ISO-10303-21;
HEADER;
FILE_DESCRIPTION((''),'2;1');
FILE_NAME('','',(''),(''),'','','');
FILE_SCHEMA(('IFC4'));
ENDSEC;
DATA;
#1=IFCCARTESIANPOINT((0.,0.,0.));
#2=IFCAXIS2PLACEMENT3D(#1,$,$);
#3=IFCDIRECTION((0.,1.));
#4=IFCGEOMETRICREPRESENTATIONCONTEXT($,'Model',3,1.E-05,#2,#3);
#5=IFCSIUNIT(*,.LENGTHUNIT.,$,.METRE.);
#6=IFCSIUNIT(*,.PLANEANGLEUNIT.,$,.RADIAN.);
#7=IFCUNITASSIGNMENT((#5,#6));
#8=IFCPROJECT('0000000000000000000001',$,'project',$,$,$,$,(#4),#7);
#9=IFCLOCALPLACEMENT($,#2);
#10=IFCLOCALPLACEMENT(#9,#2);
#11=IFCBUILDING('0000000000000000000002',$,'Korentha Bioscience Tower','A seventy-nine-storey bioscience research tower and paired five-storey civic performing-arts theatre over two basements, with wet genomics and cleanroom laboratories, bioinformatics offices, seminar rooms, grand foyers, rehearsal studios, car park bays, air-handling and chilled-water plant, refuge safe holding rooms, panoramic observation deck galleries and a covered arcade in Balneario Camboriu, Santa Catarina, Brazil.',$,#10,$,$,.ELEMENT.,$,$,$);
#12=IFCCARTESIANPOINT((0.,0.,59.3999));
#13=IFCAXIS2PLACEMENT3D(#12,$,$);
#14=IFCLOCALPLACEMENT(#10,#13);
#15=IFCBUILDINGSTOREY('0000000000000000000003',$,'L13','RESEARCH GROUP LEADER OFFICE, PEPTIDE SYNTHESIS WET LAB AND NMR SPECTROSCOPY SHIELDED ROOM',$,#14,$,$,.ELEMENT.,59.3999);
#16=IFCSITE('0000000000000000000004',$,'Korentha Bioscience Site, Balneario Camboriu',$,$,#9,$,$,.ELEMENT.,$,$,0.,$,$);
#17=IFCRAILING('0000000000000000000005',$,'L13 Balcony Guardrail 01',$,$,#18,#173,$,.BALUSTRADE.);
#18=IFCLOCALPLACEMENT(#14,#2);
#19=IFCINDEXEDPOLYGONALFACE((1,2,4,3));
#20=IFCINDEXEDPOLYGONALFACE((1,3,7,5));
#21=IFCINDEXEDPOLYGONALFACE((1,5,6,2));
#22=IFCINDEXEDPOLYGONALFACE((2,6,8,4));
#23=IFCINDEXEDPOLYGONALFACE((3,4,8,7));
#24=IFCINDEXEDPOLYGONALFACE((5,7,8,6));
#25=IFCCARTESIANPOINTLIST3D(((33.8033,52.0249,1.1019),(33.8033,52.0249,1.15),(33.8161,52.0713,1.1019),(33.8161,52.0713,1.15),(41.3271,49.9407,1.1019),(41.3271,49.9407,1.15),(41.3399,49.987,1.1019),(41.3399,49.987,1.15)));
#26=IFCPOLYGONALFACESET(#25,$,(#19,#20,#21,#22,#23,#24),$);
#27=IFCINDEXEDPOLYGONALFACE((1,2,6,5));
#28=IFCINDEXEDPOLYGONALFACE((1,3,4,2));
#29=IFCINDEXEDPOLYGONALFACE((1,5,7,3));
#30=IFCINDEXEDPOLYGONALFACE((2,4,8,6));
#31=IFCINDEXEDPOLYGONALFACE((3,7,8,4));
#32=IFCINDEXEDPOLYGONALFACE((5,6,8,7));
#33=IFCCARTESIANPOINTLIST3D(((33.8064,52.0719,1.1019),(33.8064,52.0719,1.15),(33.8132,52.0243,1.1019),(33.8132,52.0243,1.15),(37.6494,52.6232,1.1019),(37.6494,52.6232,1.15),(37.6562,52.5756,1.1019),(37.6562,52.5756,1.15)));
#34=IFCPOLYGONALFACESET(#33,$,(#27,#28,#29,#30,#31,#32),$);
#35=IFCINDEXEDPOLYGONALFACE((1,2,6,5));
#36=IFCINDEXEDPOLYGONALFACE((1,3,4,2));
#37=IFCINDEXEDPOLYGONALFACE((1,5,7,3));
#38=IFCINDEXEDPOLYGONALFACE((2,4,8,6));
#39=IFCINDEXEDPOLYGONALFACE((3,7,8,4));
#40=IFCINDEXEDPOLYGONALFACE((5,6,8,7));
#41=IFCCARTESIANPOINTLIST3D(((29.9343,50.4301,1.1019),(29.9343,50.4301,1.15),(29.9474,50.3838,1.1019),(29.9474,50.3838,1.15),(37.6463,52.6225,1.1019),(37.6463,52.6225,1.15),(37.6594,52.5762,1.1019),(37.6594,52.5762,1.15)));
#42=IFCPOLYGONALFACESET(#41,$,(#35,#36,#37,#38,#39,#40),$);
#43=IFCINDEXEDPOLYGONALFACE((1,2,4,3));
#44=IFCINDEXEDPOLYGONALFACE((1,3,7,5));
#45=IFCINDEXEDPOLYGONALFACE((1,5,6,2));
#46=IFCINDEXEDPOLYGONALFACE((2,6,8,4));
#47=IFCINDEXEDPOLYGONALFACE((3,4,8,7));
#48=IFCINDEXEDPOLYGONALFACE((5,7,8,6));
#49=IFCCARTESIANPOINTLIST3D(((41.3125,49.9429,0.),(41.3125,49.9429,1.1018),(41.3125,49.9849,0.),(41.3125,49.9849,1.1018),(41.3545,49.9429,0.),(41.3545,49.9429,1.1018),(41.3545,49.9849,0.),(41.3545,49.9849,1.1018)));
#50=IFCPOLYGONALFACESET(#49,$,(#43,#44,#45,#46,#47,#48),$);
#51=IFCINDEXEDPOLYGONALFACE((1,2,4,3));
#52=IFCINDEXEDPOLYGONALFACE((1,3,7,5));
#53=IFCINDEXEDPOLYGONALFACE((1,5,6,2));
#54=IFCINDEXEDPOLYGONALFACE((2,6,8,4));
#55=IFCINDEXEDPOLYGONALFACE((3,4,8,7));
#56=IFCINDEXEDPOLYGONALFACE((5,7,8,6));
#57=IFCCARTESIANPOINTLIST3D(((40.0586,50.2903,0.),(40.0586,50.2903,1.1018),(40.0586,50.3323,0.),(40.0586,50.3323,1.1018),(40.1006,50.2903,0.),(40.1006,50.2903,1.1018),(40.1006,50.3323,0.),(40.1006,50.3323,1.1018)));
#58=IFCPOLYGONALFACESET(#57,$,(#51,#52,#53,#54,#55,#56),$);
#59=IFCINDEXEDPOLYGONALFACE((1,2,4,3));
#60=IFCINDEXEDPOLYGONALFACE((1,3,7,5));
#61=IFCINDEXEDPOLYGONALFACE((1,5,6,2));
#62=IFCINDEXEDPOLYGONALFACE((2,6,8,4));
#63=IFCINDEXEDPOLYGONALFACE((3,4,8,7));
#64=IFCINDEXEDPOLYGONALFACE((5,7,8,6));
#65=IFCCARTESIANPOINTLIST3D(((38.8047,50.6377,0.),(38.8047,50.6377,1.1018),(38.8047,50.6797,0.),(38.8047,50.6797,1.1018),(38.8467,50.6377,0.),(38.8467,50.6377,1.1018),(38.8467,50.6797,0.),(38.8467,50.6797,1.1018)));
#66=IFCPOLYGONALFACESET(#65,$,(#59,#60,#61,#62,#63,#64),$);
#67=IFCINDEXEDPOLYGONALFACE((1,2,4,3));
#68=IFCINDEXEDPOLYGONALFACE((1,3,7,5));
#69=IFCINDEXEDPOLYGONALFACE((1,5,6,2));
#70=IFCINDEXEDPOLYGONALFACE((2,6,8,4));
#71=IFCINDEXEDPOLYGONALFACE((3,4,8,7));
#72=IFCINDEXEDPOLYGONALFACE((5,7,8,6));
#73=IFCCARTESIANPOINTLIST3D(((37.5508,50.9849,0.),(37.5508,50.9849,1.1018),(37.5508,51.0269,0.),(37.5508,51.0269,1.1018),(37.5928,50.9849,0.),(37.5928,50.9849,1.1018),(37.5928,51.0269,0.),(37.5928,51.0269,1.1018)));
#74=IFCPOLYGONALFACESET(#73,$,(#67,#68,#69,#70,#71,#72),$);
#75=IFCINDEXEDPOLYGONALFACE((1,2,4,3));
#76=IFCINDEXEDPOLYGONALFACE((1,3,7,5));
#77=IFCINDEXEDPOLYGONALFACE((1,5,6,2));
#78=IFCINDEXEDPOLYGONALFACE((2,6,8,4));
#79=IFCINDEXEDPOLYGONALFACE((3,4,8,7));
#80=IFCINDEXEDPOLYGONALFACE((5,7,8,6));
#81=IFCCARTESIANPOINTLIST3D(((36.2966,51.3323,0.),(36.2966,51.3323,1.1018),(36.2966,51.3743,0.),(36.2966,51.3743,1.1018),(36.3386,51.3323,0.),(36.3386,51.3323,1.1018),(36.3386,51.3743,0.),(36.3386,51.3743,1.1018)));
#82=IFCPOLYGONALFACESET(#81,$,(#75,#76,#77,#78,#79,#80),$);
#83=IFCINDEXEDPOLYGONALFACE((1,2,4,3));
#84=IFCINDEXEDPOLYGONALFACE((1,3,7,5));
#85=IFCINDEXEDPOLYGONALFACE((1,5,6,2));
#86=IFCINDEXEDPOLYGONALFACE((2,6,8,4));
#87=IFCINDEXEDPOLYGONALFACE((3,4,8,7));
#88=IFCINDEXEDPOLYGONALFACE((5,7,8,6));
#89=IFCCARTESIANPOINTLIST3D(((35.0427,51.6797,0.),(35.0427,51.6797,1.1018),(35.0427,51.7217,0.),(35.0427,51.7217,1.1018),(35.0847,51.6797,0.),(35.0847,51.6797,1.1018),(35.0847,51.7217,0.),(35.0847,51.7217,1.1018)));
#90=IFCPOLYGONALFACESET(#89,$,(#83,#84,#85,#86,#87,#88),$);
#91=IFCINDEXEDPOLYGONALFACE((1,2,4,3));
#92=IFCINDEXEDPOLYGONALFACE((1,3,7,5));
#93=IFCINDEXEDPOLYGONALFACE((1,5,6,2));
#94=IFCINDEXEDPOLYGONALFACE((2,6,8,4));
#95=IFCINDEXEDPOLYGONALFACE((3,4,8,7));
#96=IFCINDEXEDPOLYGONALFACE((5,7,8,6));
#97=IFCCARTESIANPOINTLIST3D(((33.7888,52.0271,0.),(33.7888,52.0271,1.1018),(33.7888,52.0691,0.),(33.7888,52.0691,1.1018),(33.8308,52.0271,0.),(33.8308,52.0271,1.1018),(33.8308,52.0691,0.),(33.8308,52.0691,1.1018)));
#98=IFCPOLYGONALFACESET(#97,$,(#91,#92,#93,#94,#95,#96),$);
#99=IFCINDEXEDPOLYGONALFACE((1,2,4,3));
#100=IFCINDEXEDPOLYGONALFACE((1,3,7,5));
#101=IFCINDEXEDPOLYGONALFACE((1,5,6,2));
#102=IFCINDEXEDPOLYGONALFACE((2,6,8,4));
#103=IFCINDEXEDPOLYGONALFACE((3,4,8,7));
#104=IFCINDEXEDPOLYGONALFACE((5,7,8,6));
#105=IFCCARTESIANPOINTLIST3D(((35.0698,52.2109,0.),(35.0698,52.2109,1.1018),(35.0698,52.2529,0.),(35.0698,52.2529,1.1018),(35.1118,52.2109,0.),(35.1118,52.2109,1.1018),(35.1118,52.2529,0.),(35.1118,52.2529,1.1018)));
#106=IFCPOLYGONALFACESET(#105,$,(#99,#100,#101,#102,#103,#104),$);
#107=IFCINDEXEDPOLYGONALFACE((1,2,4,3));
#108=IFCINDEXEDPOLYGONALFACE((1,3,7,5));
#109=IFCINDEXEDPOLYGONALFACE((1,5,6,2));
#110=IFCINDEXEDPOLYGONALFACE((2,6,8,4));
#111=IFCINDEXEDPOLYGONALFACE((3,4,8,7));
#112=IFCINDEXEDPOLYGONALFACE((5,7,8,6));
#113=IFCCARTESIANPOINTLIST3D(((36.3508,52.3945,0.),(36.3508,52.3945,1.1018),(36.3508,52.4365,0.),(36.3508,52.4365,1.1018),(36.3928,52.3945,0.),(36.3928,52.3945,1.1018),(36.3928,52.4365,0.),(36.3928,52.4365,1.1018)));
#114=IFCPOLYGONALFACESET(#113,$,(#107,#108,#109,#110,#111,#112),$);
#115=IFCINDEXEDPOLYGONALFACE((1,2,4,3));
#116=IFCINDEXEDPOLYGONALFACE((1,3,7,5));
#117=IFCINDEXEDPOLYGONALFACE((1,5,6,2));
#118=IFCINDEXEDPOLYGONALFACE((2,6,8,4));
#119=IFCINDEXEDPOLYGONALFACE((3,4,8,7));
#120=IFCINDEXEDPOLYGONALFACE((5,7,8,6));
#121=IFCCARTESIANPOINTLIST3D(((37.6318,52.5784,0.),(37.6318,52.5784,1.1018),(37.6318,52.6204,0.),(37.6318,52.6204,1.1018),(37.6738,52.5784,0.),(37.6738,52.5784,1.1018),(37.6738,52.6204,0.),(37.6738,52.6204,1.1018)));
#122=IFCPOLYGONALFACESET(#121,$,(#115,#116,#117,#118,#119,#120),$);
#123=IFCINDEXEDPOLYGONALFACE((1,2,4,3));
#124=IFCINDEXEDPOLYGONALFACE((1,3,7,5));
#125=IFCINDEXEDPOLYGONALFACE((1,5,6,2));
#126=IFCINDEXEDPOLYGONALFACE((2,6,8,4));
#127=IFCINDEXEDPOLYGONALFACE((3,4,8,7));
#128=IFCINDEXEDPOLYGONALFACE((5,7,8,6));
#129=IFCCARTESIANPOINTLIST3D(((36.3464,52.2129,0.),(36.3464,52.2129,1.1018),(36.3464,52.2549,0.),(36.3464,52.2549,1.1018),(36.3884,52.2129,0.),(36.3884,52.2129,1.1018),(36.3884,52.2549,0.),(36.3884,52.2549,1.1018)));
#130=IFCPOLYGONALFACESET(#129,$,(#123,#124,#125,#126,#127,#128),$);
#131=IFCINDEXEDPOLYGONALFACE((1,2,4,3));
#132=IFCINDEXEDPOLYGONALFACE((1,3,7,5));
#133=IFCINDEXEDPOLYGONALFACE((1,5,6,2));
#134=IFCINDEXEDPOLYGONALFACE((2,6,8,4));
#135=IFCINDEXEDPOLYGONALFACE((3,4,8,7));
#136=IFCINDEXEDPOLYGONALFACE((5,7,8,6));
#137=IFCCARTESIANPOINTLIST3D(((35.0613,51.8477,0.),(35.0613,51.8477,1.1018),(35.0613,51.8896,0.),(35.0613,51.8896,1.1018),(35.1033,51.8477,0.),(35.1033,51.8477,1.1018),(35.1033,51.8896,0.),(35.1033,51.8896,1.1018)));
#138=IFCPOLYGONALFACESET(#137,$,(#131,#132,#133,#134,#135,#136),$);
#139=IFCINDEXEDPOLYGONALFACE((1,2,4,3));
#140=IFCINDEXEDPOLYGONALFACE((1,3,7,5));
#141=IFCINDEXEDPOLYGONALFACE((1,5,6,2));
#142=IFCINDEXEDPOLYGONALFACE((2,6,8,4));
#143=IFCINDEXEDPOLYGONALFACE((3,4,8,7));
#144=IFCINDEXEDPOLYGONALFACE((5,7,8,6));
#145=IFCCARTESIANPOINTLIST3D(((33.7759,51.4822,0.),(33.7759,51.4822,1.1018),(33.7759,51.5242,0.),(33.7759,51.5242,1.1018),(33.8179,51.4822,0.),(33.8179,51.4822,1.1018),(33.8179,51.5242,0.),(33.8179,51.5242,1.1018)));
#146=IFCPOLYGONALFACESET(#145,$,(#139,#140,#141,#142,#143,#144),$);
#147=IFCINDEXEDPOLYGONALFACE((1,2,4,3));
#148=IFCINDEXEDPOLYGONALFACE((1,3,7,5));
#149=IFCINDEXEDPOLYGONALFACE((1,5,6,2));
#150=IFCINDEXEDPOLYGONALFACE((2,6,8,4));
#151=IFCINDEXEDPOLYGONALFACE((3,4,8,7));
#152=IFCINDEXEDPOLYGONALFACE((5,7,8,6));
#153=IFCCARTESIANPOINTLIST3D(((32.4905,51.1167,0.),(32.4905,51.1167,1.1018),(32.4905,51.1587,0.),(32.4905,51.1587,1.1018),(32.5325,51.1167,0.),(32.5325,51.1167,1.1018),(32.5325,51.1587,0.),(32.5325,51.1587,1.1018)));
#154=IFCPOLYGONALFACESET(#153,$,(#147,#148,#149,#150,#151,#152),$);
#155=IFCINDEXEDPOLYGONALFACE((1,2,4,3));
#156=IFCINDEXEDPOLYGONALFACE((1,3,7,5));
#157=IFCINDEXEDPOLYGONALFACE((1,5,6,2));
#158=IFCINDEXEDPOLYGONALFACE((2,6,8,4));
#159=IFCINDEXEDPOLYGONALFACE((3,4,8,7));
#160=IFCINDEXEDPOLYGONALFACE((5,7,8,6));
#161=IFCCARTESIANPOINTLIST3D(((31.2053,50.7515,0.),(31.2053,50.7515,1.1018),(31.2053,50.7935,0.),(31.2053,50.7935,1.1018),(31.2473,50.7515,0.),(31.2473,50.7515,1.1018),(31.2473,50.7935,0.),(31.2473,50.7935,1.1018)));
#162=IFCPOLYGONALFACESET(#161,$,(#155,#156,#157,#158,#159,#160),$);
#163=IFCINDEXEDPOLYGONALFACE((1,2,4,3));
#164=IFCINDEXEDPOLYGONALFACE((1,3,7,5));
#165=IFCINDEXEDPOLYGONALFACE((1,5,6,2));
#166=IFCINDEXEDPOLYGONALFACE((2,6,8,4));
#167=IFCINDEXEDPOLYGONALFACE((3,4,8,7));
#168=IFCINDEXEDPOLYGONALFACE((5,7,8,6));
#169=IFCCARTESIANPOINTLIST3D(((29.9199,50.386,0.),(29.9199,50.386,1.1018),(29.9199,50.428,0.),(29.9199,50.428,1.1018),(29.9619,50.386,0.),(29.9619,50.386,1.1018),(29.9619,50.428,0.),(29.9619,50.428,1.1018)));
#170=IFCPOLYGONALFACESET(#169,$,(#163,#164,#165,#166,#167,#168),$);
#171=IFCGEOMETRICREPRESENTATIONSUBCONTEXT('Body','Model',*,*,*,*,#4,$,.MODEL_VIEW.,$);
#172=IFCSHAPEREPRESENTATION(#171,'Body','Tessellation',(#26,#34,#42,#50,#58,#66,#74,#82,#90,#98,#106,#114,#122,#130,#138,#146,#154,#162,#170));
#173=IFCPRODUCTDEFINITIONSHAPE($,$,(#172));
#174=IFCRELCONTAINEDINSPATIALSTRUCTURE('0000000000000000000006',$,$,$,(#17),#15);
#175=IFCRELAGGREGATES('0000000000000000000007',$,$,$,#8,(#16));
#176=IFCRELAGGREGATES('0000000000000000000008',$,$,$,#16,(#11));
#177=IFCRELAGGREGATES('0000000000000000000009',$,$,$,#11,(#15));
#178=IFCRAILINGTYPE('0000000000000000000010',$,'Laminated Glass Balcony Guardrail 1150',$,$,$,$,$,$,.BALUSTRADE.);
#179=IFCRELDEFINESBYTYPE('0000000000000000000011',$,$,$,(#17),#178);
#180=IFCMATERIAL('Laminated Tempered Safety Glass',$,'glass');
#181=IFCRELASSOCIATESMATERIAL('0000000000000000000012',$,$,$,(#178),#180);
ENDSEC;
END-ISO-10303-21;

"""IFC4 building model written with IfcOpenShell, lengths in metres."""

from ifc_helpers import new_model, si_unit, direction, frame, origin, origin_2d, place, context, subcontext, project, spatial, rectangle, extrude, material, type_object, element, save


model = new_model("IFC4")

# Units and contexts
model_context = context("Model", 3, precision=1e-05, world=origin(), true_north=direction((0.0, 1.0)))
body_context = subcontext(model_context, "Body", "Model", "MODEL_VIEW")
ifc_project = project(units=[si_unit("LENGTHUNIT", "METRE"), si_unit("PLANEANGLEUNIT", "RADIAN")], contexts=[model_context])

# Site, building, storey
site_placement = place(None, origin())
site = spatial("IfcSite", under=ifc_project, at=site_placement, Name="Korentha Bioscience Site, Balneario Camboriu", CompositionType="ELEMENT", RefElevation=0.0)
building_placement = place(site_placement, origin())
building = spatial("IfcBuilding", under=site, at=building_placement, Name="Korentha Bioscience Tower", Description="A seventy-nine-storey bioscience research tower and paired five-storey civic performing-arts theatre over two basements, with wet genomics and cleanroom laboratories, bioinformatics offices, seminar rooms, grand foyers, rehearsal studios, car park bays, air-handling and chilled-water plant, refuge safe holding rooms, panoramic observation deck galleries and a covered arcade in Balneario Camboriu, Santa Catarina, Brazil.", CompositionType="ELEMENT")
storey_placement = place(building_placement, frame((0.0, 0.0, 59.3999)))
storey = spatial("IfcBuildingStorey", under=building, at=storey_placement, Name="L13", Description="RESEARCH GROUP LEADER OFFICE, PEPTIDE SYNTHESIS WET LAB AND NMR SPECTROSCOPY SHIELDED ROOM", CompositionType="ELEMENT", Elevation=59.3999)

# Railing
ifc_material_1 = material(Name="Laminated Tempered Safety Glass", Category="glass")
railing_type = type_object("IfcRailingType", Name="Laminated Glass Balcony Guardrail 1150", PredefinedType="BALUSTRADE", material=ifc_material_1)
railing_placement = place(storey_placement, frame((41.3335, 49.9639, 0.0)))
element("IfcRailing", 1, at=railing_placement, inside=storey, type_object=railing_type, Name="L13 Balcony Guardrail 01", PredefinedType="BALUSTRADE", context=body_context, shape_type="SweptSolid", body=[
    extrude(rectangle(XDim=0.0481, YDim=0.0481, at=origin_2d()), frame((0.0, 0.0, 1.126), z_axis=(-0.963705, 0.266968, 0.0), x_axis=(-0.266968, -0.963705, 0.0)), (0.0, 0.0, 1.0), 7.8071),
    extrude(rectangle(XDim=0.0481, YDim=0.0481, at=origin_2d()), frame((-7.5237, 2.0842, 1.126), z_axis=(0.989868, 0.141994, 0.0), x_axis=(-0.141994, 0.989868, 0.0)), (0.0, 0.0, 1.0), 3.8823),
    extrude(rectangle(XDim=0.0481, YDim=0.0481, at=origin_2d()), frame((-3.6807, 2.6355, 1.126), z_axis=(-0.961886, -0.27345, 0.0), x_axis=(0.27345, -0.961886, 0.0)), (0.0, 0.0, 1.0), 8.0176),
    extrude(rectangle(XDim=0.042, YDim=0.042, at=origin_2d()), origin(), (0.0, 0.0, 1.0), 1.1018),
    extrude(rectangle(XDim=0.042, YDim=0.042, at=origin_2d()), frame((-1.2539, 0.3474, 0.0)), (0.0, 0.0, 1.0), 1.1018),
    extrude(rectangle(XDim=0.042, YDim=0.042, at=origin_2d()), frame((-2.5078, 0.6948, 0.0)), (0.0, 0.0, 1.0), 1.1018),
    extrude(rectangle(XDim=0.042, YDim=0.042, at=origin_2d()), frame((-3.7617, 1.042, 0.0)), (0.0, 0.0, 1.0), 1.1018),
    extrude(rectangle(XDim=0.042, YDim=0.042, at=origin_2d()), frame((-5.0159, 1.3894, 0.0)), (0.0, 0.0, 1.0), 1.1018),
    extrude(rectangle(XDim=0.042, YDim=0.042, at=origin_2d()), frame((-6.2698, 1.7368, 0.0)), (0.0, 0.0, 1.0), 1.1018),
    extrude(rectangle(XDim=0.042, YDim=0.042, at=origin_2d()), frame((-7.5237, 2.0842, 0.0)), (0.0, 0.0, 1.0), 1.1018),
    extrude(rectangle(XDim=0.042, YDim=0.042, at=origin_2d()), frame((-6.2427, 2.2681, 0.0)), (0.0, 0.0, 1.0), 1.1018),
    extrude(rectangle(XDim=0.042, YDim=0.042, at=origin_2d()), frame((-4.9617, 2.4517, 0.0)), (0.0, 0.0, 1.0), 1.1018),
    extrude(rectangle(XDim=0.042, YDim=0.042, at=origin_2d()), frame((-3.6807, 2.6355, 0.0)), (0.0, 0.0, 1.0), 1.1018),
    extrude(rectangle(XDim=0.042, YDim=0.042, at=origin_2d()), frame((-4.9661, 2.27, 0.0)), (0.0, 0.0, 1.0), 1.1018),
    extrude(rectangle(XDim=0.042, YDim=0.042, at=origin_2d()), frame((-6.2512, 1.9048, 0.0)), (0.0, 0.0, 1.0), 1.1018),
    extrude(rectangle(XDim=0.042, YDim=0.042, at=origin_2d()), frame((-7.5366, 1.5393, 0.0)), (0.0, 0.0, 1.0), 1.1018),
    extrude(rectangle(XDim=0.042, YDim=0.042, at=origin_2d()), frame((-8.822, 1.1738, 0.0)), (0.0, 0.0, 1.0), 1.1018),
    extrude(rectangle(XDim=0.042, YDim=0.042, at=origin_2d()), frame((-10.1072, 0.8086, 0.0)), (0.0, 0.0, 1.0), 1.1018),
    extrude(rectangle(XDim=0.042, YDim=0.042, at=origin_2d()), frame((-11.3926, 0.4431, 0.0)), (0.0, 0.0, 1.0), 1.1018),
])

save(model, "model.ifc")
